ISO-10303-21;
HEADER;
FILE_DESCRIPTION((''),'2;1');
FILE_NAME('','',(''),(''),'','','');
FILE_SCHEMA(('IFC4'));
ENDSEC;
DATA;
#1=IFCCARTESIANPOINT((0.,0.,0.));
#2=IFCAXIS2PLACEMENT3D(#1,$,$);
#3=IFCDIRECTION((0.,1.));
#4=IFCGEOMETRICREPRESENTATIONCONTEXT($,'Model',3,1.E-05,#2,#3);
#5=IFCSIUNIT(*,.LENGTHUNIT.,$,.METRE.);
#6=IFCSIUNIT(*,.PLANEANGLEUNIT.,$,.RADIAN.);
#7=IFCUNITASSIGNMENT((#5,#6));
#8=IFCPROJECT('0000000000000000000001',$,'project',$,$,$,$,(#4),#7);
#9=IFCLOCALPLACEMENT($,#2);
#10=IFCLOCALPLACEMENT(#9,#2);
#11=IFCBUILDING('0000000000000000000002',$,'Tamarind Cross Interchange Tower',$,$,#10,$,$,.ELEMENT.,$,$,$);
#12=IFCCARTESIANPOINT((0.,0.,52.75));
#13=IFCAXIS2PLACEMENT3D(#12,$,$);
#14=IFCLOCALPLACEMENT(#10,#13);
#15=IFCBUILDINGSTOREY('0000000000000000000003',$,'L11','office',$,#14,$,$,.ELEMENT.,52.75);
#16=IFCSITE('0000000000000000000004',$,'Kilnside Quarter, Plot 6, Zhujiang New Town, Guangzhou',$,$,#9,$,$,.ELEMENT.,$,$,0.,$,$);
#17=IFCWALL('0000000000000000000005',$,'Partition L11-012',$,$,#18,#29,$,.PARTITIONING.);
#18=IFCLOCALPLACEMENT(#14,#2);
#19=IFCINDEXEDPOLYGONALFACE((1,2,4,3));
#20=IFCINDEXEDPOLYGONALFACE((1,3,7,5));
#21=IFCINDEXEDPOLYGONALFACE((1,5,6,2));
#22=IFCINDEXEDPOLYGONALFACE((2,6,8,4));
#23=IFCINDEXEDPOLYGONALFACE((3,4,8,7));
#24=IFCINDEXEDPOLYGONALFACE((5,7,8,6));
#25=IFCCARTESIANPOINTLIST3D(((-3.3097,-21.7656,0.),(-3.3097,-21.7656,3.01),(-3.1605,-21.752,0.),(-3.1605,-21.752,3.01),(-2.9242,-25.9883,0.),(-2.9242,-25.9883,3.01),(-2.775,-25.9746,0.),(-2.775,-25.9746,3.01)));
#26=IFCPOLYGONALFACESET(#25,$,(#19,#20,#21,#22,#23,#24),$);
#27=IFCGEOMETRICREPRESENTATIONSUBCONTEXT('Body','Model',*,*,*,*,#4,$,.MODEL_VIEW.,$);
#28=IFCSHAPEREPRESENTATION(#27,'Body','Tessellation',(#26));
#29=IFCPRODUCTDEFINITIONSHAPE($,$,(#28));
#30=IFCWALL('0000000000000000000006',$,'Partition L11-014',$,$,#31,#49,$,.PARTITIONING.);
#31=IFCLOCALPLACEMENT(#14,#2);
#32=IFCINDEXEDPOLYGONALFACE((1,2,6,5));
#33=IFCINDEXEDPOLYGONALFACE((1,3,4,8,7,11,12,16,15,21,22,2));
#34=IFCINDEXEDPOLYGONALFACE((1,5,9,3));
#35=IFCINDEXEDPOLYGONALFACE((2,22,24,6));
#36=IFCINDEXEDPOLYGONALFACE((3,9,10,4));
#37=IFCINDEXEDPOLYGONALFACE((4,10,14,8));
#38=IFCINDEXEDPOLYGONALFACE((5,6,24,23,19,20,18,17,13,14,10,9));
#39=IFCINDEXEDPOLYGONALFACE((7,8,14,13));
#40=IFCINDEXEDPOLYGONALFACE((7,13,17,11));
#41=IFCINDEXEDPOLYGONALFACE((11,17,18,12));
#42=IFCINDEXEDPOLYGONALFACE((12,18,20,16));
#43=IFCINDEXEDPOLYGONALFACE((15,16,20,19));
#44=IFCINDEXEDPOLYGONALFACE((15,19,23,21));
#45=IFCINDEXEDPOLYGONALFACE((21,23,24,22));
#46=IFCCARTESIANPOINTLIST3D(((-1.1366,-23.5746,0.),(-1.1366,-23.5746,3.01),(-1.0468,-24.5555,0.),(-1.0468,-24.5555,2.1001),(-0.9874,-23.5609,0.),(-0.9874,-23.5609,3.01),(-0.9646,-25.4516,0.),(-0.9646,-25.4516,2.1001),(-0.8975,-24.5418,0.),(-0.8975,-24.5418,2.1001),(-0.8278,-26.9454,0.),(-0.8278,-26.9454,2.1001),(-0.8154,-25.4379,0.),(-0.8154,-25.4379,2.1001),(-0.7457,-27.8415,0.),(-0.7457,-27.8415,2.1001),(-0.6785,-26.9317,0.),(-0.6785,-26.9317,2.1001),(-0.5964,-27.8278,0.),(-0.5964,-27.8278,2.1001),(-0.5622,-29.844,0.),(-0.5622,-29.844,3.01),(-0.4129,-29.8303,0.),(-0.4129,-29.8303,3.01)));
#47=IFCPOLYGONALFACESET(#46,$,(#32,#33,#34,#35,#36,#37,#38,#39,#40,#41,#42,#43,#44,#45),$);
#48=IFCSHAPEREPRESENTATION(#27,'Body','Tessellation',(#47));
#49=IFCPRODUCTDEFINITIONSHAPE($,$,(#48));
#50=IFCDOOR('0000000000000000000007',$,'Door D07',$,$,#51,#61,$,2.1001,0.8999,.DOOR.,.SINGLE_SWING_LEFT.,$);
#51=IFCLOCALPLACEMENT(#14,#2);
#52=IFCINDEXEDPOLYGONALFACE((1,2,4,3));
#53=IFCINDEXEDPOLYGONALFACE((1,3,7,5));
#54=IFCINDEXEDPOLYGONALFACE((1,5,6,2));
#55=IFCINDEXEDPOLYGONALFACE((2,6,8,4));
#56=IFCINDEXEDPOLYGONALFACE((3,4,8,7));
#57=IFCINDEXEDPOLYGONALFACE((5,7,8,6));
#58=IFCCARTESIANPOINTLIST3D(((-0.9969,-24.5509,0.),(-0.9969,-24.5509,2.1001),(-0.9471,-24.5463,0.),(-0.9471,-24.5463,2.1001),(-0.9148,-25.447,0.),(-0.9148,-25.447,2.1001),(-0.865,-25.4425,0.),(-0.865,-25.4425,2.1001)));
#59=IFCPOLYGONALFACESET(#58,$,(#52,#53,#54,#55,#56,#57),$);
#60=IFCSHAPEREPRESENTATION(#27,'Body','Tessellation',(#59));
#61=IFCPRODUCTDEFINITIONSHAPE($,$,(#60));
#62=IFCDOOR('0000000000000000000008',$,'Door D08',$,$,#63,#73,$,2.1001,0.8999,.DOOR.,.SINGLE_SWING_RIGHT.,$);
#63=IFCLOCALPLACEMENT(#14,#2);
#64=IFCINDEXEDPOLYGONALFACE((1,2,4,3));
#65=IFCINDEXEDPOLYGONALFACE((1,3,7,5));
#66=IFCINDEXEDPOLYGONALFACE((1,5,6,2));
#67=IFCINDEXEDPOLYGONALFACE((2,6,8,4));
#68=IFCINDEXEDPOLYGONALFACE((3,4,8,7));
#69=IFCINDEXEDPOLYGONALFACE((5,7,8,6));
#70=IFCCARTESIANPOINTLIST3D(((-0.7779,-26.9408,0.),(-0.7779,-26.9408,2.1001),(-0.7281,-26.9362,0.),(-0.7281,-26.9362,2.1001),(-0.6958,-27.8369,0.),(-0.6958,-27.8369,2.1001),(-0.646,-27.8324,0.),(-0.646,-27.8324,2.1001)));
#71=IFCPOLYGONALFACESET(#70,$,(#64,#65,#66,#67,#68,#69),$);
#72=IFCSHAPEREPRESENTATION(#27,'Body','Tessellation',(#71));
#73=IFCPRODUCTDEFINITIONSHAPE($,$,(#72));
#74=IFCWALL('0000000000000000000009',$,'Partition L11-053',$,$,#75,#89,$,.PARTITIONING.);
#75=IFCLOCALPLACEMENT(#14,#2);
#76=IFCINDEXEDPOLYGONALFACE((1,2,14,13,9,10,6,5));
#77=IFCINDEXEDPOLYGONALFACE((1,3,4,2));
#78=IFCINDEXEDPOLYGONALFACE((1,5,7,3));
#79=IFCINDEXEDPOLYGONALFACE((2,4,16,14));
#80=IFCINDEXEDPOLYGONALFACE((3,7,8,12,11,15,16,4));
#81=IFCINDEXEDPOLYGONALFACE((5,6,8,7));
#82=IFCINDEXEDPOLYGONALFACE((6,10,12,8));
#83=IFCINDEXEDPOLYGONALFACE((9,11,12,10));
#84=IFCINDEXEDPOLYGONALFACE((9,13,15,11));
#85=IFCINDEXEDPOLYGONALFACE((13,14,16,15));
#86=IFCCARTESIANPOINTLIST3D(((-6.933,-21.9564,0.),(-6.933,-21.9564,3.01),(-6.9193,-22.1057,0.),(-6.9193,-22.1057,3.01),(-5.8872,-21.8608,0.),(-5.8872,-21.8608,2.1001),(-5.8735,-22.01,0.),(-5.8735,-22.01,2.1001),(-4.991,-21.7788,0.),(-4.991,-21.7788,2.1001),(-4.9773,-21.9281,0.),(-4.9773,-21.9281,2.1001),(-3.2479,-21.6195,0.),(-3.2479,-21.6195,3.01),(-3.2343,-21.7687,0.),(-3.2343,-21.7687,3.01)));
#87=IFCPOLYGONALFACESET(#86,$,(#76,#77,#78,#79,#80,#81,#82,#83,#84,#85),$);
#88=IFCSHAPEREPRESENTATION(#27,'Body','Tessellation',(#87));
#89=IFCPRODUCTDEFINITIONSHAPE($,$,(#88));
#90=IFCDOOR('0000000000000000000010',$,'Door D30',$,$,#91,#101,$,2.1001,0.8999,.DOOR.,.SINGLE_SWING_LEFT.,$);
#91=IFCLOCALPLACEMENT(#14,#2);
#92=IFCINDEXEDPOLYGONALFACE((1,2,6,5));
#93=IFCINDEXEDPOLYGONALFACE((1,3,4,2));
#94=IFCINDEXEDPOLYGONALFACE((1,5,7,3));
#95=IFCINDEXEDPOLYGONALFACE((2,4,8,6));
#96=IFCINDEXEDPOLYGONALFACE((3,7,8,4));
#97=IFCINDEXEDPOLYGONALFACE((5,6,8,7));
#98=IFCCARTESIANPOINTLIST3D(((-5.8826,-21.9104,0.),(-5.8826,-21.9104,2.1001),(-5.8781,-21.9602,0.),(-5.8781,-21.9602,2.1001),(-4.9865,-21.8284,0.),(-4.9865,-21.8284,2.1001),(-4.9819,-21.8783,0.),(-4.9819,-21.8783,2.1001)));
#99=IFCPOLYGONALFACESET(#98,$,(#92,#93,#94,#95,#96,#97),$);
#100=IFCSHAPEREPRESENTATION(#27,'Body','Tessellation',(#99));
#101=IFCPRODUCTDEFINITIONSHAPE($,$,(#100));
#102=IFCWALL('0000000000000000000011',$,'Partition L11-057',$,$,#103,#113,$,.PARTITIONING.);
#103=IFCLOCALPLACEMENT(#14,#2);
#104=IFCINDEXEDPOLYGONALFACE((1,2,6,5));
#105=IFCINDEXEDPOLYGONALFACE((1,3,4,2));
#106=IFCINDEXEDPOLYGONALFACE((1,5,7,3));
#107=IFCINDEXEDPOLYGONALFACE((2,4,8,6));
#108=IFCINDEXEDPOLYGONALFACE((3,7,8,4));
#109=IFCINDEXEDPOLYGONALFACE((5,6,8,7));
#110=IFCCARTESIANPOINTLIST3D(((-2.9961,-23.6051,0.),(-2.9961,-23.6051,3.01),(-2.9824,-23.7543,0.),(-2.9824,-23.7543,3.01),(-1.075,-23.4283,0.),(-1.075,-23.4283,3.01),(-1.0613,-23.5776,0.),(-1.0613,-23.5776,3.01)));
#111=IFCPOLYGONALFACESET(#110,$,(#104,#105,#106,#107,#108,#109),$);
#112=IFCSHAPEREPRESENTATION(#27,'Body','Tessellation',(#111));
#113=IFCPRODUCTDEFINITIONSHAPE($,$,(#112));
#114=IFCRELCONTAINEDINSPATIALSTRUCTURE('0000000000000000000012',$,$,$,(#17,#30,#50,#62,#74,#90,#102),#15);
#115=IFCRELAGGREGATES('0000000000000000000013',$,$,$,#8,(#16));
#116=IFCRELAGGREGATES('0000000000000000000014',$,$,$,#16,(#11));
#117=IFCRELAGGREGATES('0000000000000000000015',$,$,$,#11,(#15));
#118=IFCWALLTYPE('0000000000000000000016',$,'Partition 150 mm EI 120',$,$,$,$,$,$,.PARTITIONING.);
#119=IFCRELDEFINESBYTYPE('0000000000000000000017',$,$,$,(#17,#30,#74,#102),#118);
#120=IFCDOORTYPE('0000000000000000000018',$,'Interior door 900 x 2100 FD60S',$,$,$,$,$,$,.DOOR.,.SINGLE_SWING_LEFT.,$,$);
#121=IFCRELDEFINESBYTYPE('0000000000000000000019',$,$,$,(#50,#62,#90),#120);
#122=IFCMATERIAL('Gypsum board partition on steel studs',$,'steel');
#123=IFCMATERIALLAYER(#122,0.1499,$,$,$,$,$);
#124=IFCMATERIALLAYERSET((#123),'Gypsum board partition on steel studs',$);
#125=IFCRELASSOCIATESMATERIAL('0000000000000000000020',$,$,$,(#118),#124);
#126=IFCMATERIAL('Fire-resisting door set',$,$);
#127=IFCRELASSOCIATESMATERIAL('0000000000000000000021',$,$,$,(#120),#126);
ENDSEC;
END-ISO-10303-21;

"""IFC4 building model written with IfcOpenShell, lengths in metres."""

from ifc_helpers import new_model, si_unit, direction, frame, frame_2d, origin, place, context, subcontext, project, spatial, rectangle, extrude, material, layer, layer_set, type_object, element, fill, save


model = new_model("IFC4")

# Units and contexts
model_context = context("Model", 3, precision=1e-05, world=origin(), true_north=direction((0.0, 1.0)))
body_context = subcontext(model_context, "Body", "Model", "MODEL_VIEW")
ifc_project = project(units=[si_unit("LENGTHUNIT", "METRE"), si_unit("PLANEANGLEUNIT", "RADIAN")], contexts=[model_context])

# Site, building, storey
site_placement = place(None, origin())
site = spatial("IfcSite", under=ifc_project, at=site_placement, Name="Kilnside Quarter, Plot 6, Zhujiang New Town, Guangzhou", CompositionType="ELEMENT", RefElevation=0.0)
building_placement = place(site_placement, origin())
building = spatial("IfcBuilding", under=site, at=building_placement, Name="Tamarind Cross Interchange Tower", CompositionType="ELEMENT")
storey_placement = place(building_placement, frame((0.0, 0.0, 52.75)))
storey = spatial("IfcBuildingStorey", under=building, at=storey_placement, Name="L11", Description="office", CompositionType="ELEMENT", Elevation=52.75)

# Shared definitions
ifc_material_1 = material(Name="Gypsum board partition on steel studs", Category="steel")
ifc_layer_1 = layer(ifc_material_1, 0.1499)
ifc_layer_set_1 = layer_set([ifc_layer_1], Name="Gypsum board partition on steel studs")
wall_type = type_object("IfcWallType", Name="Partition 150 mm EI 120", PredefinedType="PARTITIONING", material=ifc_layer_set_1)

# Shared definitions
ifc_material_2 = material(Name="Fire-resisting door set")
door_type = type_object("IfcDoorType", Name="Interior door 900 x 2100 FD60S", OperationType="SINGLE_SWING_LEFT", PredefinedType="DOOR", material=ifc_material_2)

# Wall
wall_1_placement = place(storey_placement, frame((-3.2351, -21.7588, 0.0), z_axis=(0.0, 0.0, 1.0), x_axis=(0.090915, -0.995859, 0.0)))
element("IfcWall", 1, at=wall_1_placement, inside=storey, type_object=wall_type, Name="Partition L11-012", PredefinedType="PARTITIONING", context=body_context, shape_type="SweptSolid", body=[
    extrude(rectangle(XDim=4.2402, YDim=0.1499, at=frame_2d((2.1201, 0.0))), origin(), (0.0, 0.0, 1.0), 3.01),
])

# Wall, openings, doors
wall_2_placement = place(storey_placement, frame((-1.062, -23.5676, 0.0), z_axis=(0.0, 0.0, 1.0), x_axis=(0.091249, -0.995828, 0.0)))
wall_2 = element("IfcWall", 2, at=wall_2_placement, inside=storey, type_object=wall_type, Name="Partition L11-014", PredefinedType="PARTITIONING", context=body_context, shape_type="SweptSolid", body=[
    extrude(rectangle(XDim=6.2957, YDim=0.1499, at=frame_2d((3.1479, 0.0))), origin(), (0.0, 0.0, 1.0), 3.01),
])
opening_1_placement = place(wall_2_placement, frame((0.9851, 0.0, 0.0)))
opening_1 = element("IfcOpeningElement", 3, at=opening_1_placement, cuts=wall_2, PredefinedType="OPENING", context=body_context, shape_type="SweptSolid", body=[
    extrude(rectangle(XDim=0.8999, YDim=2.1001, at=frame_2d((0.45, 1.05))), frame((0.0, 0.085, 0.0), z_axis=(0.0, -1.0, 0.0), x_axis=(1.0, 0.0, 0.0)), (0.0, 0.0, 1.0), 0.1699),
])
opening_2_placement = place(wall_2_placement, frame((3.385, 0.0, 0.0)))
opening_2 = element("IfcOpeningElement", 4, at=opening_2_placement, cuts=wall_2, PredefinedType="OPENING", context=body_context, shape_type="SweptSolid", body=[
    extrude(rectangle(XDim=0.8999, YDim=2.1001, at=frame_2d((0.45, 1.05))), frame((0.0, 0.085, 0.0), z_axis=(0.0, -1.0, 0.0), x_axis=(1.0, 0.0, 0.0)), (0.0, 0.0, 1.0), 0.1699),
])
door_1_placement = place(opening_1_placement, frame((0.8999, 0.0, 0.0), z_axis=(0.0, 0.0, 1.0), x_axis=(-1.0, 0.0, 0.0)))
door_1 = element("IfcDoor", 5, at=door_1_placement, inside=storey, type_object=door_type, Name="Door D07", OperationType="SINGLE_SWING_LEFT", OverallHeight=2.1001, OverallWidth=0.8999, PredefinedType="DOOR", context=body_context, shape_type="SweptSolid", body=[
    extrude(rectangle(XDim=0.8999, YDim=2.1001, at=frame_2d((0.45, 1.05))), frame((0.0, 0.0249, 0.0), z_axis=(0.0, -1.0, 0.0), x_axis=(1.0, 0.0, 0.0)), (0.0, 0.0, 1.0), 0.05),
])
fill(opening_1, door_1)
door_2_placement = place(opening_2_placement, frame((0.8999, 0.0, 0.0), z_axis=(0.0, 0.0, 1.0), x_axis=(-1.0, 0.0, 0.0)))
door_2 = element("IfcDoor", 6, at=door_2_placement, inside=storey, type_object=door_type, Name="Door D08", OperationType="SINGLE_SWING_RIGHT", OverallHeight=2.1001, OverallWidth=0.8999, PredefinedType="DOOR", context=body_context, shape_type="SweptSolid", body=[
    extrude(rectangle(XDim=0.8999, YDim=2.1001, at=frame_2d((0.45, 1.05))), frame((0.0, 0.0249, 0.0), z_axis=(0.0, -1.0, 0.0), x_axis=(1.0, 0.0, 0.0)), (0.0, 0.0, 1.0), 0.05),
])
fill(opening_2, door_2)

# Wall, opening, door
wall_3_placement = place(storey_placement, frame((-6.926, -22.031, 0.0), z_axis=(0.0, 0.0, 1.0), x_axis=(0.995847, 0.091047, 0.0)))
wall_3 = element("IfcWall", 7, at=wall_3_placement, inside=storey, type_object=wall_type, Name="Partition L11-053", PredefinedType="PARTITIONING", context=body_context, shape_type="SweptSolid", body=[
    extrude(rectangle(XDim=3.7004, YDim=0.1499, at=frame_2d((1.8501, 0.0))), origin(), (0.0, 0.0, 1.0), 3.01),
])
opening_3_placement = place(wall_3_placement, frame((1.05, 0.0, 0.0)))
opening_3 = element("IfcOpeningElement", 8, at=opening_3_placement, cuts=wall_3, PredefinedType="OPENING", context=body_context, shape_type="SweptSolid", body=[
    extrude(rectangle(XDim=0.8999, YDim=2.1001, at=frame_2d((0.45, 1.05))), frame((0.0, 0.085, 0.0), z_axis=(0.0, -1.0, 0.0), x_axis=(1.0, 0.0, 0.0)), (0.0, 0.0, 1.0), 0.1699),
])
door_3_placement = place(opening_3_placement, frame((0.8999, 0.0, 0.0), z_axis=(0.0, 0.0, 1.0), x_axis=(-1.0, 0.0, 0.0)))
door_3 = element("IfcDoor", 9, at=door_3_placement, inside=storey, type_object=door_type, Name="Door D30", OperationType="SINGLE_SWING_LEFT", OverallHeight=2.1001, OverallWidth=0.8999, PredefinedType="DOOR", context=body_context, shape_type="SweptSolid", body=[
    extrude(rectangle(XDim=0.8999, YDim=2.1001, at=frame_2d((0.45, 1.05))), frame((0.0, 0.0249, 0.0), z_axis=(0.0, -1.0, 0.0), x_axis=(1.0, 0.0, 0.0)), (0.0, 0.0, 1.0), 0.05),
])
fill(opening_3, door_3)

# Wall
wall_4_placement = place(storey_placement, frame((-2.9893, -23.6797, 0.0), z_axis=(0.0, 0.0, 1.0), x_axis=(0.995794, 0.09162, 0.0)))
element("IfcWall", 10, at=wall_4_placement, inside=storey, type_object=wall_type, Name="Partition L11-057", PredefinedType="PARTITIONING", context=body_context, shape_type="SweptSolid", body=[
    extrude(rectangle(XDim=1.9292, YDim=0.1499, at=frame_2d((0.9646, 0.0))), origin(), (0.0, 0.0, 1.0), 3.01),
])

save(model, "model.ifc")
